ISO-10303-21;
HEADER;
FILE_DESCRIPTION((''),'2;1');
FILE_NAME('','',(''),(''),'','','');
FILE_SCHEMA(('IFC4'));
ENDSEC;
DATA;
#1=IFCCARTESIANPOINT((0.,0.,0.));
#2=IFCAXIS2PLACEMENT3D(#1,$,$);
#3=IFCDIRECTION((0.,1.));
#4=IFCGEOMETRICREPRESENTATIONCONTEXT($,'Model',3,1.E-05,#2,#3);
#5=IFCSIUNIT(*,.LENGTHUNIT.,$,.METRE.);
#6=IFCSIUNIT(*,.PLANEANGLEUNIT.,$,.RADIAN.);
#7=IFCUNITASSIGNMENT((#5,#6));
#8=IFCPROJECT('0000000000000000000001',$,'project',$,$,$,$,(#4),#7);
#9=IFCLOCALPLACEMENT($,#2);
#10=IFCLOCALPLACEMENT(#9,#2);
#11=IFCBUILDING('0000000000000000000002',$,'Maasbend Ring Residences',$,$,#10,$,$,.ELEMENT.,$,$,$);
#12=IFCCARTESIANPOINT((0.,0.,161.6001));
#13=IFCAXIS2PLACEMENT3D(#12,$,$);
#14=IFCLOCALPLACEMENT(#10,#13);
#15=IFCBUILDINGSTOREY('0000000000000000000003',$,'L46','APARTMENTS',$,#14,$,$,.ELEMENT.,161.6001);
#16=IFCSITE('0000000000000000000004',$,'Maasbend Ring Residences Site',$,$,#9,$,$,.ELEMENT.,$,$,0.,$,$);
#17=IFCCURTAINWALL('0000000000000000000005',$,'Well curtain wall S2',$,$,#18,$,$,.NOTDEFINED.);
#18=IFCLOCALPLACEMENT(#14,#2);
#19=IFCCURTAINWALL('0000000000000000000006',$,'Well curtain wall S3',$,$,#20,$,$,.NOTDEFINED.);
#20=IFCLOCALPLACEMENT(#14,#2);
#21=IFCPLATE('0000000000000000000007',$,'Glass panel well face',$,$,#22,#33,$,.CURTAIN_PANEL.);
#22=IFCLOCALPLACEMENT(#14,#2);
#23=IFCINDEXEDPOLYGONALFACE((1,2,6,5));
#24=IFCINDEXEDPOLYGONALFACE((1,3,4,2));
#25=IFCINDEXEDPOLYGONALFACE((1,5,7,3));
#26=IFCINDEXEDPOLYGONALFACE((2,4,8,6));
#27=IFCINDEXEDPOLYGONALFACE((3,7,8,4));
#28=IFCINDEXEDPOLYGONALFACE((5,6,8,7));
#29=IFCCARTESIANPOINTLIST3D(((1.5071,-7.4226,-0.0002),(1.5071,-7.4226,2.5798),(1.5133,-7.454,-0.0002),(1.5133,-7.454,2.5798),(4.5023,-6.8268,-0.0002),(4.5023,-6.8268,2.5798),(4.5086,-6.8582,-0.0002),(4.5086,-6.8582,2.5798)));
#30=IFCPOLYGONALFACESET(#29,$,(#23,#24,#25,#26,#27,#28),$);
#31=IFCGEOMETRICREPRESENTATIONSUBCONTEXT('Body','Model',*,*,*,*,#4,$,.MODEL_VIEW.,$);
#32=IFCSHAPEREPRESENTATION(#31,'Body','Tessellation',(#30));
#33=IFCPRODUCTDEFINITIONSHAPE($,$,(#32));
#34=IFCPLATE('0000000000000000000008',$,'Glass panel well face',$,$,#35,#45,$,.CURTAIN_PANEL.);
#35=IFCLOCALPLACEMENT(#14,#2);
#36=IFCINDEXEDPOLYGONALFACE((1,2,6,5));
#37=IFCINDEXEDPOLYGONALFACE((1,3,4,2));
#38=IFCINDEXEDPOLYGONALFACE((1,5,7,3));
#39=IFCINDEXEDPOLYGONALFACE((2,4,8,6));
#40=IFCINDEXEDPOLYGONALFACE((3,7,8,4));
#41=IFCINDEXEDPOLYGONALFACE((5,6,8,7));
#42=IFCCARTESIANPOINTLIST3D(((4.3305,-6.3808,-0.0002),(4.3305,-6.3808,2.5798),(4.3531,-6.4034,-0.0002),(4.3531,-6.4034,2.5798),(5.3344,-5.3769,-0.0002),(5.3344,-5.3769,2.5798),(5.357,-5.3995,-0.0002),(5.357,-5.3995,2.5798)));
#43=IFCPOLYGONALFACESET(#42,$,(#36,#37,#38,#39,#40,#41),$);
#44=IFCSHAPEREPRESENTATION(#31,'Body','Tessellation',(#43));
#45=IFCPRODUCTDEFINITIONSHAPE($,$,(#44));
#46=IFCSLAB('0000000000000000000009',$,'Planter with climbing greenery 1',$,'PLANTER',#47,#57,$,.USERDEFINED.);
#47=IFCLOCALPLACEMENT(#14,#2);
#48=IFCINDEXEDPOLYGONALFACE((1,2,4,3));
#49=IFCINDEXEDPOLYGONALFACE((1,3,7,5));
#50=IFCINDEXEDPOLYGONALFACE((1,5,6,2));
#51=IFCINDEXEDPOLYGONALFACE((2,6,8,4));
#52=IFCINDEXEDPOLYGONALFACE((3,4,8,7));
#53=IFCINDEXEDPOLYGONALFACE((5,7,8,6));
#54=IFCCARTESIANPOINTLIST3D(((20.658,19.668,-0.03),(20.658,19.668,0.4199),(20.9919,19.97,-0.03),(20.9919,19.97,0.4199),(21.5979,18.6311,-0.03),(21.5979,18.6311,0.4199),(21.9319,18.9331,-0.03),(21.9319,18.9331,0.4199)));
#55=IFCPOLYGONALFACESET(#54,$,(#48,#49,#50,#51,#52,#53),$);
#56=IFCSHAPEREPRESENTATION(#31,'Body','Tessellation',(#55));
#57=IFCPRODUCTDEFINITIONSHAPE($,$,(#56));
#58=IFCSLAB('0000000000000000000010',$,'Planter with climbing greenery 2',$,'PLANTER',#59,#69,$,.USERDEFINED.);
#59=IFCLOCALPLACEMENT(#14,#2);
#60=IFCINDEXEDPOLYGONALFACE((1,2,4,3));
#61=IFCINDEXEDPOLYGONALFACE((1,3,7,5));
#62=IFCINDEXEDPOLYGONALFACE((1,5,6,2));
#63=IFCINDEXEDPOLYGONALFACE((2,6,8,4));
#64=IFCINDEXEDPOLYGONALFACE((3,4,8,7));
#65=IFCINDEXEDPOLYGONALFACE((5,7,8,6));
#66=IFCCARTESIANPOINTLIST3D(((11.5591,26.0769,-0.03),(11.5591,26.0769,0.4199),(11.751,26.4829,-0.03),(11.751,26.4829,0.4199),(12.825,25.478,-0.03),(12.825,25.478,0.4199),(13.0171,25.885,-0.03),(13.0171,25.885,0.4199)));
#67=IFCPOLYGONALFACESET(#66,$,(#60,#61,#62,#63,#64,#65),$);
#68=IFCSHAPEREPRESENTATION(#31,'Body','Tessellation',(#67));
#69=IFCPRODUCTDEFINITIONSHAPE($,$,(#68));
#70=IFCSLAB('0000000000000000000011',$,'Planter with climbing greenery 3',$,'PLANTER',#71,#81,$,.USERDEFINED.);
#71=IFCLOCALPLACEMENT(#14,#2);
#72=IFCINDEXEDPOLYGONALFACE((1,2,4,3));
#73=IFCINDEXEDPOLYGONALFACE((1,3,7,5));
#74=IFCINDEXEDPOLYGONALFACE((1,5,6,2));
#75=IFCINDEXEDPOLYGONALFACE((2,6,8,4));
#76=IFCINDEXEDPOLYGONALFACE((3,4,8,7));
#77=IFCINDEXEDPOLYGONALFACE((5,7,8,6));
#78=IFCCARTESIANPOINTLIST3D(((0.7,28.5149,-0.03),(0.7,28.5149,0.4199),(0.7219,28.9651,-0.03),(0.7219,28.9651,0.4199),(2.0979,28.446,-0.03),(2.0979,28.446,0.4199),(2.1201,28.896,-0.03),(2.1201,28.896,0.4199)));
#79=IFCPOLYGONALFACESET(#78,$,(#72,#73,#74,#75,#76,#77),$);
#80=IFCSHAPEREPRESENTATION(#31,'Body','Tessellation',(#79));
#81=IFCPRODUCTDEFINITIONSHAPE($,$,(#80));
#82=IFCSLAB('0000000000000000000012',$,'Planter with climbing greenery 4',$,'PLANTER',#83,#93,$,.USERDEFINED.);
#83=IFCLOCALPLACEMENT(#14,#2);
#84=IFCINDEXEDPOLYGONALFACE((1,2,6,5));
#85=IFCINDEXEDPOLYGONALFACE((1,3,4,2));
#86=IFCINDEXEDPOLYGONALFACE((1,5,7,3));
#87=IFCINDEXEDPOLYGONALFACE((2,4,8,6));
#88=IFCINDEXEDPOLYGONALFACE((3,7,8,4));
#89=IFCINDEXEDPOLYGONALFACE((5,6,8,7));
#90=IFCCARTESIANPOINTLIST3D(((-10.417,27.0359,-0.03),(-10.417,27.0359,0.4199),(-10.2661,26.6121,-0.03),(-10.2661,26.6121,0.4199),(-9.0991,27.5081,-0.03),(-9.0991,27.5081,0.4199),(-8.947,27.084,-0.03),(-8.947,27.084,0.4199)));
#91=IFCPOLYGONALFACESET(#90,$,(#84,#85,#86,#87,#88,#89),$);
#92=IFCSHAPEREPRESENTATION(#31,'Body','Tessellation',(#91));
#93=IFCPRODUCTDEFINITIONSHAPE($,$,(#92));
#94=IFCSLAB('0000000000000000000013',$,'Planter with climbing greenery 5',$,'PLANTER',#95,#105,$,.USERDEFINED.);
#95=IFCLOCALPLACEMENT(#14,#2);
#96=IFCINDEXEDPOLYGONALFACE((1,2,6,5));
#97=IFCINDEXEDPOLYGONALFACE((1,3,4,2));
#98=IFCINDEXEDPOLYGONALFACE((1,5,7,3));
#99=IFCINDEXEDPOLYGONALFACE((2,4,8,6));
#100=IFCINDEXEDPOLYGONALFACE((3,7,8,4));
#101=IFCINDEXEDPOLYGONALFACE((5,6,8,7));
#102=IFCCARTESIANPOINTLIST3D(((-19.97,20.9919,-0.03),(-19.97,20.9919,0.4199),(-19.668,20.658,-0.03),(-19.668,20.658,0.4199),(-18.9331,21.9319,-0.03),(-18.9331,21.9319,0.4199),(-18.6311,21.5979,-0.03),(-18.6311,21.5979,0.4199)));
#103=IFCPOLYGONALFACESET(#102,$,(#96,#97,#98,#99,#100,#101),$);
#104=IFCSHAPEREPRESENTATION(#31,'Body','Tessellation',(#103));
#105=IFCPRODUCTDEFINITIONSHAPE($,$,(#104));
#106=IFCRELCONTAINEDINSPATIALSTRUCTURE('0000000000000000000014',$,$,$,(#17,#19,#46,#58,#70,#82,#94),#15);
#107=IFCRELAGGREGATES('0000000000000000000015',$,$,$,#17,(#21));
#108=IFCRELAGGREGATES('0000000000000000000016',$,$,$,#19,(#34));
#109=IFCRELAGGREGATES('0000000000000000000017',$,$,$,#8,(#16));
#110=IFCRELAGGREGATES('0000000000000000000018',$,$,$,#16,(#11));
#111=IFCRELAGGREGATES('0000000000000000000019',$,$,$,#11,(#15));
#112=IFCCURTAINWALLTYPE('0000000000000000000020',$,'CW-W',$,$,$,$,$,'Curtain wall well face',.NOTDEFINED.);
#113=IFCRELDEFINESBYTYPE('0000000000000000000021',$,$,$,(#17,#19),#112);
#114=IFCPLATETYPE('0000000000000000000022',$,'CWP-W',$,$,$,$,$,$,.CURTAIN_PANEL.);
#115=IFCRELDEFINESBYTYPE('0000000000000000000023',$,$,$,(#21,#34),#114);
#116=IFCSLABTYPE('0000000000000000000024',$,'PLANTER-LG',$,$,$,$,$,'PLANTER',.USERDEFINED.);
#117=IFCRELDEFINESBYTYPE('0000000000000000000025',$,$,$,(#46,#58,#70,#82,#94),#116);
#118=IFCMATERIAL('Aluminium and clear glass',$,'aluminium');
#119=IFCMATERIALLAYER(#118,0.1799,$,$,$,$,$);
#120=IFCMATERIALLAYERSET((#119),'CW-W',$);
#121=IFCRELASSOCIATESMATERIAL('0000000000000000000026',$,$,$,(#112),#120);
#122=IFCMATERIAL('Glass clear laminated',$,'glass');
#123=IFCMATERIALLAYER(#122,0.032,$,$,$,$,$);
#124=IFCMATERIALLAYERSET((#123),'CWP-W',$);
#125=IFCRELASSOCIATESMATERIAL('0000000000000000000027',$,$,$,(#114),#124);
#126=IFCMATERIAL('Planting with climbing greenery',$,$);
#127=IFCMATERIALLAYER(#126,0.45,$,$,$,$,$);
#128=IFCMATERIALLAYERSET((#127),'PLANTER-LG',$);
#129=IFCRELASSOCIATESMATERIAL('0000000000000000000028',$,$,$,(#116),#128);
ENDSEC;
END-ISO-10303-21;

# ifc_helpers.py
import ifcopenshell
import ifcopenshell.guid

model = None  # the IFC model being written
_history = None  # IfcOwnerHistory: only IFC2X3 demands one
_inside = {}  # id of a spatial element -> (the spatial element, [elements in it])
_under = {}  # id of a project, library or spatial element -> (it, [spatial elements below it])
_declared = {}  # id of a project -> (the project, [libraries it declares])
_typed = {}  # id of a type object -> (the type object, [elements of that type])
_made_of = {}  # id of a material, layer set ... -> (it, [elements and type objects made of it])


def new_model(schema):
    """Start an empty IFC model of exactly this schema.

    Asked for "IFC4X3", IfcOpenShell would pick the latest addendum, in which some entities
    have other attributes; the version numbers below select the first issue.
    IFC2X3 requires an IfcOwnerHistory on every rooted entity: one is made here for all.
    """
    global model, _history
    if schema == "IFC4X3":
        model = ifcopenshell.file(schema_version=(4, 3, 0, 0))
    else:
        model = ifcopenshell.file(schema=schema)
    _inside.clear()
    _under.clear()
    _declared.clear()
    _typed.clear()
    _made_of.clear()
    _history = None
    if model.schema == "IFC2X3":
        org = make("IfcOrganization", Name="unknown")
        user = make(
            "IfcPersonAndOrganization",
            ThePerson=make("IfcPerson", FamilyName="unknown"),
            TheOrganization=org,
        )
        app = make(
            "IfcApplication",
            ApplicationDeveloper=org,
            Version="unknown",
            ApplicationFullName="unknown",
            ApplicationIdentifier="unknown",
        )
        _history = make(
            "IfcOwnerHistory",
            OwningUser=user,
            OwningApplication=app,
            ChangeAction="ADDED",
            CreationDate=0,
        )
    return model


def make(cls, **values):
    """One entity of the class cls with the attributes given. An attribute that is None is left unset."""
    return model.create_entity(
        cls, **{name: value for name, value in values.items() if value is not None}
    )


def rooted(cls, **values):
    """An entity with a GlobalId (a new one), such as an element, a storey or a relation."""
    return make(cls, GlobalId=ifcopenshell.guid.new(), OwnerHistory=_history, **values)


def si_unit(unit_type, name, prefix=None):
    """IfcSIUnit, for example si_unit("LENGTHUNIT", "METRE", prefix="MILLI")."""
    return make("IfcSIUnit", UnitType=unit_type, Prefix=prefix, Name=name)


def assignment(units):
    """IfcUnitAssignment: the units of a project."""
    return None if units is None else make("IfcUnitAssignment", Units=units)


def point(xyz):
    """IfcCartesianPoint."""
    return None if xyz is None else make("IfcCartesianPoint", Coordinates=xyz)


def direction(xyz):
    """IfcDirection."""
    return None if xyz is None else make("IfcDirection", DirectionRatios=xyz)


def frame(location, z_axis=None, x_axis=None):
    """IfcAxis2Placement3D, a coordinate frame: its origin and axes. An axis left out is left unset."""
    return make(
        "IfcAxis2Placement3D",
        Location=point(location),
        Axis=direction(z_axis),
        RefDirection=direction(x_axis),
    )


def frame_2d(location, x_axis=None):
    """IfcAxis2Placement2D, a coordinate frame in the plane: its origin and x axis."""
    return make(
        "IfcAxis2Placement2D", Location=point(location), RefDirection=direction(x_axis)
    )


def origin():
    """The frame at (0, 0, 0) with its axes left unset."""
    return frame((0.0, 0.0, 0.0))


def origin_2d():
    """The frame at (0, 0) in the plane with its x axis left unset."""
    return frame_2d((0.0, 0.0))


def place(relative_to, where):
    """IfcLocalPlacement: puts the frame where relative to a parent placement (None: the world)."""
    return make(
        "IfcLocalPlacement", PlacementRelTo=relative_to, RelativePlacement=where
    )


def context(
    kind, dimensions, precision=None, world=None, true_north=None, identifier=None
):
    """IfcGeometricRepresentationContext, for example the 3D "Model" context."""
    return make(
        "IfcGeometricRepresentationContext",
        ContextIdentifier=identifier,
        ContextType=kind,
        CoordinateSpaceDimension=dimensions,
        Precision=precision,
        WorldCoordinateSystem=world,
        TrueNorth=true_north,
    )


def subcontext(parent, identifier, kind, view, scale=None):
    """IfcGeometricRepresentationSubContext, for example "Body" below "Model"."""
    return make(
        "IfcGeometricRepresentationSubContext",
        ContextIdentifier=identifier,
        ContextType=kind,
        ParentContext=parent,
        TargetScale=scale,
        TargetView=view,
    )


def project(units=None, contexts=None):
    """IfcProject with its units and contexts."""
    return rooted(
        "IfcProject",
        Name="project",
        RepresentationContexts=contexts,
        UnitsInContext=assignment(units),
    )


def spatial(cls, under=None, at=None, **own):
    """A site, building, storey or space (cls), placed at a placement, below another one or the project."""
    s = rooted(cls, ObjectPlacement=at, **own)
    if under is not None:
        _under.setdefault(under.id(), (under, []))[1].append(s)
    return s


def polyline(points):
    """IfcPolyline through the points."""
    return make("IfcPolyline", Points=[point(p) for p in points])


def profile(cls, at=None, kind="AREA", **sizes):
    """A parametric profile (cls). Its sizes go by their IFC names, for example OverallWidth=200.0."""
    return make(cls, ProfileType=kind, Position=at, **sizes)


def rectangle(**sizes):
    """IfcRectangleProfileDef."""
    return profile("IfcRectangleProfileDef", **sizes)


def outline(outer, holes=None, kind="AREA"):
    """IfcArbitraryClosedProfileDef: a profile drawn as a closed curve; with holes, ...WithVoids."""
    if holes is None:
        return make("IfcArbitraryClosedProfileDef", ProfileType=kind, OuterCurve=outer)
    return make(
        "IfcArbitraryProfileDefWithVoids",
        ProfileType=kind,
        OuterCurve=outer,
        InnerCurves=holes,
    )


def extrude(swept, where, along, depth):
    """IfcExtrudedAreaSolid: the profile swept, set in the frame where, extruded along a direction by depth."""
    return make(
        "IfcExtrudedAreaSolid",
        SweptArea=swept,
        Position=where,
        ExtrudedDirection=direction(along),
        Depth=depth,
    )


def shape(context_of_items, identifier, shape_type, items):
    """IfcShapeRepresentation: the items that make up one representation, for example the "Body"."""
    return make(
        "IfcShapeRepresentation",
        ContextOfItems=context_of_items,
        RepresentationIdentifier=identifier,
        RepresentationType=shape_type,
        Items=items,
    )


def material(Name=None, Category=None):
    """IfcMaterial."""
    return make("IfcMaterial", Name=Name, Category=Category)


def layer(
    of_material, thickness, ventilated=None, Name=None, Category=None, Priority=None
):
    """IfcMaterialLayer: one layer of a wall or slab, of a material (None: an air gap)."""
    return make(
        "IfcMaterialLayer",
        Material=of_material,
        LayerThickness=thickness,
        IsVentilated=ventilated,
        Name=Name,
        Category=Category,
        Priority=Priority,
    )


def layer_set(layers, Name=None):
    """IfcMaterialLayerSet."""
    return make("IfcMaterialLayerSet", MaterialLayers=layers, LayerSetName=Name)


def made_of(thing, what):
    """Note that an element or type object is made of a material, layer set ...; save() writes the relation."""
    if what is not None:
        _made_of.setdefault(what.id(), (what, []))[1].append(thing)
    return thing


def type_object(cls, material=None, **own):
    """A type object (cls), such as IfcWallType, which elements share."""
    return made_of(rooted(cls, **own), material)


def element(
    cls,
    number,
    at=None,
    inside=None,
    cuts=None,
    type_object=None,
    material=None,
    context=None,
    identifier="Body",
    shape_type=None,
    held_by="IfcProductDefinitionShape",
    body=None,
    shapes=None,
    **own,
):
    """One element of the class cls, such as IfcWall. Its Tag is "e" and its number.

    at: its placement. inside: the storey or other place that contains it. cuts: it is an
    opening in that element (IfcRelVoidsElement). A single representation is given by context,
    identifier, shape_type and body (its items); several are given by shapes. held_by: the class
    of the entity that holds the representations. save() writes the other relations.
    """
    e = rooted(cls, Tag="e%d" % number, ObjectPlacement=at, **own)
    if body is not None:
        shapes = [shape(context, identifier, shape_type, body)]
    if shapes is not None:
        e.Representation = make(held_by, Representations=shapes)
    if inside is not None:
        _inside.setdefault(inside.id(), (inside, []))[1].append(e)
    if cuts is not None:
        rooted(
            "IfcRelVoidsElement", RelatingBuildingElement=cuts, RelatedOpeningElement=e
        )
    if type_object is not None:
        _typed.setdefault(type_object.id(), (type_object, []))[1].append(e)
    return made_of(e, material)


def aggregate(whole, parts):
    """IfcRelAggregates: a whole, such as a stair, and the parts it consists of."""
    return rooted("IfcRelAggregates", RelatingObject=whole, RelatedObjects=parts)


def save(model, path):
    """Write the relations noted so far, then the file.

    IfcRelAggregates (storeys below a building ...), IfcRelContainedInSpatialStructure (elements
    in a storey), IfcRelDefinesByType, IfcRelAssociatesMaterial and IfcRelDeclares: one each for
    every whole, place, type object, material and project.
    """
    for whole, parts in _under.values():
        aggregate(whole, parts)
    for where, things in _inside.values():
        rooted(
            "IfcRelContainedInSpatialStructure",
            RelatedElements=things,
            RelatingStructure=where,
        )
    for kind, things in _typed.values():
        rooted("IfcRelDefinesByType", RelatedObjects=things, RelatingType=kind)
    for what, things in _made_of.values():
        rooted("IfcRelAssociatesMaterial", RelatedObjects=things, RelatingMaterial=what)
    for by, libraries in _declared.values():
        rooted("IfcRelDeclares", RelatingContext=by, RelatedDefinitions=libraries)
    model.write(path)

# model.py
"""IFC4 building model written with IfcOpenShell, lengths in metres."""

from ifc_helpers import new_model, si_unit, direction, frame, origin, origin_2d, place, context, subcontext, project, spatial, polyline, rectangle, outline, extrude, material, layer, layer_set, type_object, element, aggregate, save


model = new_model("IFC4")

# Units and contexts
model_context = context("Model", 3, precision=1e-05, world=origin(), true_north=direction((0.0, 1.0)))
body_context = subcontext(model_context, "Body", "Model", "MODEL_VIEW")
ifc_project = project(units=[si_unit("LENGTHUNIT", "METRE"), si_unit("PLANEANGLEUNIT", "RADIAN")], contexts=[model_context])

# Site, building, storey
site_placement = place(None, origin())
site = spatial("IfcSite", under=ifc_project, at=site_placement, Name="Maasbend Ring Residences Site", CompositionType="ELEMENT", RefElevation=0.0)
building_placement = place(site_placement, origin())
building = spatial("IfcBuilding", under=site, at=building_placement, Name="Maasbend Ring Residences", CompositionType="ELEMENT")
storey_placement = place(building_placement, frame((0.0, 0.0, 161.6001)))
storey = spatial("IfcBuildingStorey", under=building, at=storey_placement, Name="L46", Description="APARTMENTS", CompositionType="ELEMENT", Elevation=161.6001)

# Curtain walls
ifc_material_1 = material(Name="Aluminium and clear glass", Category="aluminium")
ifc_layer_1 = layer(ifc_material_1, 0.1799)
ifc_layer_set_1 = layer_set([ifc_layer_1], Name="CW-W")
curtain_wall_type = type_object("IfcCurtainWallType", Name="CW-W", ElementType="Curtain wall well face", PredefinedType="NOTDEFINED", material=ifc_layer_set_1)
curtain_wall_1_placement = place(storey_placement, origin())
curtain_wall_1 = element("IfcCurtainWall", 1, at=curtain_wall_1_placement, inside=storey, type_object=curtain_wall_type, Name="Well curtain wall S2", PredefinedType="NOTDEFINED")
curtain_wall_2_placement = place(storey_placement, origin())
curtain_wall_2 = element("IfcCurtainWall", 2, at=curtain_wall_2_placement, inside=storey, type_object=curtain_wall_type, Name="Well curtain wall S3", PredefinedType="NOTDEFINED")

# Plates
ifc_material_2 = material(Name="Glass clear laminated", Category="glass")
ifc_layer_2 = layer(ifc_material_2, 0.032)
ifc_layer_set_2 = layer_set([ifc_layer_2], Name="CWP-W")
plate_type = type_object("IfcPlateType", Name="CWP-W", PredefinedType="CURTAIN_PANEL", material=ifc_layer_set_2)
plate_1_placement = place(storey_placement, frame((3.0078, -7.1404, -0.0002), z_axis=(0.0, 0.0, 1.0), x_axis=(0.980785, 0.19509, 0.0)))
plate_1 = element("IfcPlate", 3, at=plate_1_placement, type_object=plate_type, Name="Glass panel well face", PredefinedType="CURTAIN_PANEL", context=body_context, shape_type="SweptSolid", body=[
    extrude(rectangle(XDim=3.054, YDim=0.032, at=origin_2d()), origin(), (0.0, 0.0, 1.0), 2.5801),
])
aggregate(curtain_wall_1, [plate_1])
plate_2_placement = place(storey_placement, frame((4.8438, -5.8901, -0.0002), z_axis=(0.0, 0.0, 1.0), x_axis=(0.707107, 0.707107, 0.0)))
plate_2 = element("IfcPlate", 4, at=plate_2_placement, type_object=plate_type, Name="Glass panel well face", PredefinedType="CURTAIN_PANEL", context=body_context, shape_type="SweptSolid", body=[
    extrude(rectangle(XDim=1.4197, YDim=0.032, at=origin_2d()), origin(), (0.0, 0.0, 1.0), 2.5801),
])
aggregate(curtain_wall_2, [plate_2])

# Slabs
ifc_material_3 = material(Name="Planting with climbing greenery")
ifc_layer_3 = layer(ifc_material_3, 0.45)
ifc_layer_set_3 = layer_set([ifc_layer_3], Name="PLANTER-LG")
slab_type_1 = type_object("IfcSlabType", Name="PLANTER-LG", ElementType="PLANTER", PredefinedType="USERDEFINED", material=ifc_layer_set_3)
slab_1_placement = place(storey_placement, frame((0.0, 0.0, -0.03)))
element("IfcSlab", 5, at=slab_1_placement, inside=storey, type_object=slab_type_1, Name="Planter with climbing greenery 1", ObjectType="PLANTER", PredefinedType="USERDEFINED", context=body_context, shape_type="SweptSolid", body=[
    extrude(outline(polyline([(21.9319, 18.9331), (20.9919, 19.97), (20.658, 19.668), (21.5979, 18.6311), (21.9319, 18.9331)])), origin(), (0.0, 0.0, 1.0), 0.45),
])
slab_2_placement = place(storey_placement, frame((0.0, 0.0, -0.03)))
element("IfcSlab", 6, at=slab_2_placement, inside=storey, type_object=slab_type_1, Name="Planter with climbing greenery 2", ObjectType="PLANTER", PredefinedType="USERDEFINED", context=body_context, shape_type="SweptSolid", body=[
    extrude(outline(polyline([(13.0171, 25.885), (11.751, 26.4829), (11.5591, 26.0769), (12.825, 25.478), (13.0171, 25.885)])), origin(), (0.0, 0.0, 1.0), 0.45),
])
slab_3_placement = place(storey_placement, frame((0.0, 0.0, -0.03)))
element("IfcSlab", 7, at=slab_3_placement, inside=storey, type_object=slab_type_1, Name="Planter with climbing greenery 3", ObjectType="PLANTER", PredefinedType="USERDEFINED", context=body_context, shape_type="SweptSolid", body=[
    extrude(outline(polyline([(2.1201, 28.896), (0.7219, 28.9651), (0.7, 28.5149), (2.0979, 28.446), (2.1201, 28.896)])), origin(), (0.0, 0.0, 1.0), 0.45),
])
slab_4_placement = place(storey_placement, frame((0.0, 0.0, -0.03)))
element("IfcSlab", 8, at=slab_4_placement, inside=storey, type_object=slab_type_1, Name="Planter with climbing greenery 4", ObjectType="PLANTER", PredefinedType="USERDEFINED", context=body_context, shape_type="SweptSolid", body=[
    extrude(outline(polyline([(-9.0991, 27.5081), (-10.417, 27.0359), (-10.2661, 26.6121), (-8.947, 27.084), (-9.0991, 27.5081)])), origin(), (0.0, 0.0, 1.0), 0.45),
])
slab_5_placement = place(storey_placement, frame((0.0, 0.0, -0.03)))
element("IfcSlab", 9, at=slab_5_placement, inside=storey, type_object=slab_type_1, Name="Planter with climbing greenery 5", ObjectType="PLANTER", PredefinedType="USERDEFINED", context=body_context, shape_type="SweptSolid", body=[
    extrude(outline(polyline([(-18.9331, 21.9319), (-19.97, 20.9919), (-19.668, 20.658), (-18.6311, 21.5979), (-18.9331, 21.9319)])), origin(), (0.0, 0.0, 1.0), 0.45),
])

save(model, "model.ifc")
